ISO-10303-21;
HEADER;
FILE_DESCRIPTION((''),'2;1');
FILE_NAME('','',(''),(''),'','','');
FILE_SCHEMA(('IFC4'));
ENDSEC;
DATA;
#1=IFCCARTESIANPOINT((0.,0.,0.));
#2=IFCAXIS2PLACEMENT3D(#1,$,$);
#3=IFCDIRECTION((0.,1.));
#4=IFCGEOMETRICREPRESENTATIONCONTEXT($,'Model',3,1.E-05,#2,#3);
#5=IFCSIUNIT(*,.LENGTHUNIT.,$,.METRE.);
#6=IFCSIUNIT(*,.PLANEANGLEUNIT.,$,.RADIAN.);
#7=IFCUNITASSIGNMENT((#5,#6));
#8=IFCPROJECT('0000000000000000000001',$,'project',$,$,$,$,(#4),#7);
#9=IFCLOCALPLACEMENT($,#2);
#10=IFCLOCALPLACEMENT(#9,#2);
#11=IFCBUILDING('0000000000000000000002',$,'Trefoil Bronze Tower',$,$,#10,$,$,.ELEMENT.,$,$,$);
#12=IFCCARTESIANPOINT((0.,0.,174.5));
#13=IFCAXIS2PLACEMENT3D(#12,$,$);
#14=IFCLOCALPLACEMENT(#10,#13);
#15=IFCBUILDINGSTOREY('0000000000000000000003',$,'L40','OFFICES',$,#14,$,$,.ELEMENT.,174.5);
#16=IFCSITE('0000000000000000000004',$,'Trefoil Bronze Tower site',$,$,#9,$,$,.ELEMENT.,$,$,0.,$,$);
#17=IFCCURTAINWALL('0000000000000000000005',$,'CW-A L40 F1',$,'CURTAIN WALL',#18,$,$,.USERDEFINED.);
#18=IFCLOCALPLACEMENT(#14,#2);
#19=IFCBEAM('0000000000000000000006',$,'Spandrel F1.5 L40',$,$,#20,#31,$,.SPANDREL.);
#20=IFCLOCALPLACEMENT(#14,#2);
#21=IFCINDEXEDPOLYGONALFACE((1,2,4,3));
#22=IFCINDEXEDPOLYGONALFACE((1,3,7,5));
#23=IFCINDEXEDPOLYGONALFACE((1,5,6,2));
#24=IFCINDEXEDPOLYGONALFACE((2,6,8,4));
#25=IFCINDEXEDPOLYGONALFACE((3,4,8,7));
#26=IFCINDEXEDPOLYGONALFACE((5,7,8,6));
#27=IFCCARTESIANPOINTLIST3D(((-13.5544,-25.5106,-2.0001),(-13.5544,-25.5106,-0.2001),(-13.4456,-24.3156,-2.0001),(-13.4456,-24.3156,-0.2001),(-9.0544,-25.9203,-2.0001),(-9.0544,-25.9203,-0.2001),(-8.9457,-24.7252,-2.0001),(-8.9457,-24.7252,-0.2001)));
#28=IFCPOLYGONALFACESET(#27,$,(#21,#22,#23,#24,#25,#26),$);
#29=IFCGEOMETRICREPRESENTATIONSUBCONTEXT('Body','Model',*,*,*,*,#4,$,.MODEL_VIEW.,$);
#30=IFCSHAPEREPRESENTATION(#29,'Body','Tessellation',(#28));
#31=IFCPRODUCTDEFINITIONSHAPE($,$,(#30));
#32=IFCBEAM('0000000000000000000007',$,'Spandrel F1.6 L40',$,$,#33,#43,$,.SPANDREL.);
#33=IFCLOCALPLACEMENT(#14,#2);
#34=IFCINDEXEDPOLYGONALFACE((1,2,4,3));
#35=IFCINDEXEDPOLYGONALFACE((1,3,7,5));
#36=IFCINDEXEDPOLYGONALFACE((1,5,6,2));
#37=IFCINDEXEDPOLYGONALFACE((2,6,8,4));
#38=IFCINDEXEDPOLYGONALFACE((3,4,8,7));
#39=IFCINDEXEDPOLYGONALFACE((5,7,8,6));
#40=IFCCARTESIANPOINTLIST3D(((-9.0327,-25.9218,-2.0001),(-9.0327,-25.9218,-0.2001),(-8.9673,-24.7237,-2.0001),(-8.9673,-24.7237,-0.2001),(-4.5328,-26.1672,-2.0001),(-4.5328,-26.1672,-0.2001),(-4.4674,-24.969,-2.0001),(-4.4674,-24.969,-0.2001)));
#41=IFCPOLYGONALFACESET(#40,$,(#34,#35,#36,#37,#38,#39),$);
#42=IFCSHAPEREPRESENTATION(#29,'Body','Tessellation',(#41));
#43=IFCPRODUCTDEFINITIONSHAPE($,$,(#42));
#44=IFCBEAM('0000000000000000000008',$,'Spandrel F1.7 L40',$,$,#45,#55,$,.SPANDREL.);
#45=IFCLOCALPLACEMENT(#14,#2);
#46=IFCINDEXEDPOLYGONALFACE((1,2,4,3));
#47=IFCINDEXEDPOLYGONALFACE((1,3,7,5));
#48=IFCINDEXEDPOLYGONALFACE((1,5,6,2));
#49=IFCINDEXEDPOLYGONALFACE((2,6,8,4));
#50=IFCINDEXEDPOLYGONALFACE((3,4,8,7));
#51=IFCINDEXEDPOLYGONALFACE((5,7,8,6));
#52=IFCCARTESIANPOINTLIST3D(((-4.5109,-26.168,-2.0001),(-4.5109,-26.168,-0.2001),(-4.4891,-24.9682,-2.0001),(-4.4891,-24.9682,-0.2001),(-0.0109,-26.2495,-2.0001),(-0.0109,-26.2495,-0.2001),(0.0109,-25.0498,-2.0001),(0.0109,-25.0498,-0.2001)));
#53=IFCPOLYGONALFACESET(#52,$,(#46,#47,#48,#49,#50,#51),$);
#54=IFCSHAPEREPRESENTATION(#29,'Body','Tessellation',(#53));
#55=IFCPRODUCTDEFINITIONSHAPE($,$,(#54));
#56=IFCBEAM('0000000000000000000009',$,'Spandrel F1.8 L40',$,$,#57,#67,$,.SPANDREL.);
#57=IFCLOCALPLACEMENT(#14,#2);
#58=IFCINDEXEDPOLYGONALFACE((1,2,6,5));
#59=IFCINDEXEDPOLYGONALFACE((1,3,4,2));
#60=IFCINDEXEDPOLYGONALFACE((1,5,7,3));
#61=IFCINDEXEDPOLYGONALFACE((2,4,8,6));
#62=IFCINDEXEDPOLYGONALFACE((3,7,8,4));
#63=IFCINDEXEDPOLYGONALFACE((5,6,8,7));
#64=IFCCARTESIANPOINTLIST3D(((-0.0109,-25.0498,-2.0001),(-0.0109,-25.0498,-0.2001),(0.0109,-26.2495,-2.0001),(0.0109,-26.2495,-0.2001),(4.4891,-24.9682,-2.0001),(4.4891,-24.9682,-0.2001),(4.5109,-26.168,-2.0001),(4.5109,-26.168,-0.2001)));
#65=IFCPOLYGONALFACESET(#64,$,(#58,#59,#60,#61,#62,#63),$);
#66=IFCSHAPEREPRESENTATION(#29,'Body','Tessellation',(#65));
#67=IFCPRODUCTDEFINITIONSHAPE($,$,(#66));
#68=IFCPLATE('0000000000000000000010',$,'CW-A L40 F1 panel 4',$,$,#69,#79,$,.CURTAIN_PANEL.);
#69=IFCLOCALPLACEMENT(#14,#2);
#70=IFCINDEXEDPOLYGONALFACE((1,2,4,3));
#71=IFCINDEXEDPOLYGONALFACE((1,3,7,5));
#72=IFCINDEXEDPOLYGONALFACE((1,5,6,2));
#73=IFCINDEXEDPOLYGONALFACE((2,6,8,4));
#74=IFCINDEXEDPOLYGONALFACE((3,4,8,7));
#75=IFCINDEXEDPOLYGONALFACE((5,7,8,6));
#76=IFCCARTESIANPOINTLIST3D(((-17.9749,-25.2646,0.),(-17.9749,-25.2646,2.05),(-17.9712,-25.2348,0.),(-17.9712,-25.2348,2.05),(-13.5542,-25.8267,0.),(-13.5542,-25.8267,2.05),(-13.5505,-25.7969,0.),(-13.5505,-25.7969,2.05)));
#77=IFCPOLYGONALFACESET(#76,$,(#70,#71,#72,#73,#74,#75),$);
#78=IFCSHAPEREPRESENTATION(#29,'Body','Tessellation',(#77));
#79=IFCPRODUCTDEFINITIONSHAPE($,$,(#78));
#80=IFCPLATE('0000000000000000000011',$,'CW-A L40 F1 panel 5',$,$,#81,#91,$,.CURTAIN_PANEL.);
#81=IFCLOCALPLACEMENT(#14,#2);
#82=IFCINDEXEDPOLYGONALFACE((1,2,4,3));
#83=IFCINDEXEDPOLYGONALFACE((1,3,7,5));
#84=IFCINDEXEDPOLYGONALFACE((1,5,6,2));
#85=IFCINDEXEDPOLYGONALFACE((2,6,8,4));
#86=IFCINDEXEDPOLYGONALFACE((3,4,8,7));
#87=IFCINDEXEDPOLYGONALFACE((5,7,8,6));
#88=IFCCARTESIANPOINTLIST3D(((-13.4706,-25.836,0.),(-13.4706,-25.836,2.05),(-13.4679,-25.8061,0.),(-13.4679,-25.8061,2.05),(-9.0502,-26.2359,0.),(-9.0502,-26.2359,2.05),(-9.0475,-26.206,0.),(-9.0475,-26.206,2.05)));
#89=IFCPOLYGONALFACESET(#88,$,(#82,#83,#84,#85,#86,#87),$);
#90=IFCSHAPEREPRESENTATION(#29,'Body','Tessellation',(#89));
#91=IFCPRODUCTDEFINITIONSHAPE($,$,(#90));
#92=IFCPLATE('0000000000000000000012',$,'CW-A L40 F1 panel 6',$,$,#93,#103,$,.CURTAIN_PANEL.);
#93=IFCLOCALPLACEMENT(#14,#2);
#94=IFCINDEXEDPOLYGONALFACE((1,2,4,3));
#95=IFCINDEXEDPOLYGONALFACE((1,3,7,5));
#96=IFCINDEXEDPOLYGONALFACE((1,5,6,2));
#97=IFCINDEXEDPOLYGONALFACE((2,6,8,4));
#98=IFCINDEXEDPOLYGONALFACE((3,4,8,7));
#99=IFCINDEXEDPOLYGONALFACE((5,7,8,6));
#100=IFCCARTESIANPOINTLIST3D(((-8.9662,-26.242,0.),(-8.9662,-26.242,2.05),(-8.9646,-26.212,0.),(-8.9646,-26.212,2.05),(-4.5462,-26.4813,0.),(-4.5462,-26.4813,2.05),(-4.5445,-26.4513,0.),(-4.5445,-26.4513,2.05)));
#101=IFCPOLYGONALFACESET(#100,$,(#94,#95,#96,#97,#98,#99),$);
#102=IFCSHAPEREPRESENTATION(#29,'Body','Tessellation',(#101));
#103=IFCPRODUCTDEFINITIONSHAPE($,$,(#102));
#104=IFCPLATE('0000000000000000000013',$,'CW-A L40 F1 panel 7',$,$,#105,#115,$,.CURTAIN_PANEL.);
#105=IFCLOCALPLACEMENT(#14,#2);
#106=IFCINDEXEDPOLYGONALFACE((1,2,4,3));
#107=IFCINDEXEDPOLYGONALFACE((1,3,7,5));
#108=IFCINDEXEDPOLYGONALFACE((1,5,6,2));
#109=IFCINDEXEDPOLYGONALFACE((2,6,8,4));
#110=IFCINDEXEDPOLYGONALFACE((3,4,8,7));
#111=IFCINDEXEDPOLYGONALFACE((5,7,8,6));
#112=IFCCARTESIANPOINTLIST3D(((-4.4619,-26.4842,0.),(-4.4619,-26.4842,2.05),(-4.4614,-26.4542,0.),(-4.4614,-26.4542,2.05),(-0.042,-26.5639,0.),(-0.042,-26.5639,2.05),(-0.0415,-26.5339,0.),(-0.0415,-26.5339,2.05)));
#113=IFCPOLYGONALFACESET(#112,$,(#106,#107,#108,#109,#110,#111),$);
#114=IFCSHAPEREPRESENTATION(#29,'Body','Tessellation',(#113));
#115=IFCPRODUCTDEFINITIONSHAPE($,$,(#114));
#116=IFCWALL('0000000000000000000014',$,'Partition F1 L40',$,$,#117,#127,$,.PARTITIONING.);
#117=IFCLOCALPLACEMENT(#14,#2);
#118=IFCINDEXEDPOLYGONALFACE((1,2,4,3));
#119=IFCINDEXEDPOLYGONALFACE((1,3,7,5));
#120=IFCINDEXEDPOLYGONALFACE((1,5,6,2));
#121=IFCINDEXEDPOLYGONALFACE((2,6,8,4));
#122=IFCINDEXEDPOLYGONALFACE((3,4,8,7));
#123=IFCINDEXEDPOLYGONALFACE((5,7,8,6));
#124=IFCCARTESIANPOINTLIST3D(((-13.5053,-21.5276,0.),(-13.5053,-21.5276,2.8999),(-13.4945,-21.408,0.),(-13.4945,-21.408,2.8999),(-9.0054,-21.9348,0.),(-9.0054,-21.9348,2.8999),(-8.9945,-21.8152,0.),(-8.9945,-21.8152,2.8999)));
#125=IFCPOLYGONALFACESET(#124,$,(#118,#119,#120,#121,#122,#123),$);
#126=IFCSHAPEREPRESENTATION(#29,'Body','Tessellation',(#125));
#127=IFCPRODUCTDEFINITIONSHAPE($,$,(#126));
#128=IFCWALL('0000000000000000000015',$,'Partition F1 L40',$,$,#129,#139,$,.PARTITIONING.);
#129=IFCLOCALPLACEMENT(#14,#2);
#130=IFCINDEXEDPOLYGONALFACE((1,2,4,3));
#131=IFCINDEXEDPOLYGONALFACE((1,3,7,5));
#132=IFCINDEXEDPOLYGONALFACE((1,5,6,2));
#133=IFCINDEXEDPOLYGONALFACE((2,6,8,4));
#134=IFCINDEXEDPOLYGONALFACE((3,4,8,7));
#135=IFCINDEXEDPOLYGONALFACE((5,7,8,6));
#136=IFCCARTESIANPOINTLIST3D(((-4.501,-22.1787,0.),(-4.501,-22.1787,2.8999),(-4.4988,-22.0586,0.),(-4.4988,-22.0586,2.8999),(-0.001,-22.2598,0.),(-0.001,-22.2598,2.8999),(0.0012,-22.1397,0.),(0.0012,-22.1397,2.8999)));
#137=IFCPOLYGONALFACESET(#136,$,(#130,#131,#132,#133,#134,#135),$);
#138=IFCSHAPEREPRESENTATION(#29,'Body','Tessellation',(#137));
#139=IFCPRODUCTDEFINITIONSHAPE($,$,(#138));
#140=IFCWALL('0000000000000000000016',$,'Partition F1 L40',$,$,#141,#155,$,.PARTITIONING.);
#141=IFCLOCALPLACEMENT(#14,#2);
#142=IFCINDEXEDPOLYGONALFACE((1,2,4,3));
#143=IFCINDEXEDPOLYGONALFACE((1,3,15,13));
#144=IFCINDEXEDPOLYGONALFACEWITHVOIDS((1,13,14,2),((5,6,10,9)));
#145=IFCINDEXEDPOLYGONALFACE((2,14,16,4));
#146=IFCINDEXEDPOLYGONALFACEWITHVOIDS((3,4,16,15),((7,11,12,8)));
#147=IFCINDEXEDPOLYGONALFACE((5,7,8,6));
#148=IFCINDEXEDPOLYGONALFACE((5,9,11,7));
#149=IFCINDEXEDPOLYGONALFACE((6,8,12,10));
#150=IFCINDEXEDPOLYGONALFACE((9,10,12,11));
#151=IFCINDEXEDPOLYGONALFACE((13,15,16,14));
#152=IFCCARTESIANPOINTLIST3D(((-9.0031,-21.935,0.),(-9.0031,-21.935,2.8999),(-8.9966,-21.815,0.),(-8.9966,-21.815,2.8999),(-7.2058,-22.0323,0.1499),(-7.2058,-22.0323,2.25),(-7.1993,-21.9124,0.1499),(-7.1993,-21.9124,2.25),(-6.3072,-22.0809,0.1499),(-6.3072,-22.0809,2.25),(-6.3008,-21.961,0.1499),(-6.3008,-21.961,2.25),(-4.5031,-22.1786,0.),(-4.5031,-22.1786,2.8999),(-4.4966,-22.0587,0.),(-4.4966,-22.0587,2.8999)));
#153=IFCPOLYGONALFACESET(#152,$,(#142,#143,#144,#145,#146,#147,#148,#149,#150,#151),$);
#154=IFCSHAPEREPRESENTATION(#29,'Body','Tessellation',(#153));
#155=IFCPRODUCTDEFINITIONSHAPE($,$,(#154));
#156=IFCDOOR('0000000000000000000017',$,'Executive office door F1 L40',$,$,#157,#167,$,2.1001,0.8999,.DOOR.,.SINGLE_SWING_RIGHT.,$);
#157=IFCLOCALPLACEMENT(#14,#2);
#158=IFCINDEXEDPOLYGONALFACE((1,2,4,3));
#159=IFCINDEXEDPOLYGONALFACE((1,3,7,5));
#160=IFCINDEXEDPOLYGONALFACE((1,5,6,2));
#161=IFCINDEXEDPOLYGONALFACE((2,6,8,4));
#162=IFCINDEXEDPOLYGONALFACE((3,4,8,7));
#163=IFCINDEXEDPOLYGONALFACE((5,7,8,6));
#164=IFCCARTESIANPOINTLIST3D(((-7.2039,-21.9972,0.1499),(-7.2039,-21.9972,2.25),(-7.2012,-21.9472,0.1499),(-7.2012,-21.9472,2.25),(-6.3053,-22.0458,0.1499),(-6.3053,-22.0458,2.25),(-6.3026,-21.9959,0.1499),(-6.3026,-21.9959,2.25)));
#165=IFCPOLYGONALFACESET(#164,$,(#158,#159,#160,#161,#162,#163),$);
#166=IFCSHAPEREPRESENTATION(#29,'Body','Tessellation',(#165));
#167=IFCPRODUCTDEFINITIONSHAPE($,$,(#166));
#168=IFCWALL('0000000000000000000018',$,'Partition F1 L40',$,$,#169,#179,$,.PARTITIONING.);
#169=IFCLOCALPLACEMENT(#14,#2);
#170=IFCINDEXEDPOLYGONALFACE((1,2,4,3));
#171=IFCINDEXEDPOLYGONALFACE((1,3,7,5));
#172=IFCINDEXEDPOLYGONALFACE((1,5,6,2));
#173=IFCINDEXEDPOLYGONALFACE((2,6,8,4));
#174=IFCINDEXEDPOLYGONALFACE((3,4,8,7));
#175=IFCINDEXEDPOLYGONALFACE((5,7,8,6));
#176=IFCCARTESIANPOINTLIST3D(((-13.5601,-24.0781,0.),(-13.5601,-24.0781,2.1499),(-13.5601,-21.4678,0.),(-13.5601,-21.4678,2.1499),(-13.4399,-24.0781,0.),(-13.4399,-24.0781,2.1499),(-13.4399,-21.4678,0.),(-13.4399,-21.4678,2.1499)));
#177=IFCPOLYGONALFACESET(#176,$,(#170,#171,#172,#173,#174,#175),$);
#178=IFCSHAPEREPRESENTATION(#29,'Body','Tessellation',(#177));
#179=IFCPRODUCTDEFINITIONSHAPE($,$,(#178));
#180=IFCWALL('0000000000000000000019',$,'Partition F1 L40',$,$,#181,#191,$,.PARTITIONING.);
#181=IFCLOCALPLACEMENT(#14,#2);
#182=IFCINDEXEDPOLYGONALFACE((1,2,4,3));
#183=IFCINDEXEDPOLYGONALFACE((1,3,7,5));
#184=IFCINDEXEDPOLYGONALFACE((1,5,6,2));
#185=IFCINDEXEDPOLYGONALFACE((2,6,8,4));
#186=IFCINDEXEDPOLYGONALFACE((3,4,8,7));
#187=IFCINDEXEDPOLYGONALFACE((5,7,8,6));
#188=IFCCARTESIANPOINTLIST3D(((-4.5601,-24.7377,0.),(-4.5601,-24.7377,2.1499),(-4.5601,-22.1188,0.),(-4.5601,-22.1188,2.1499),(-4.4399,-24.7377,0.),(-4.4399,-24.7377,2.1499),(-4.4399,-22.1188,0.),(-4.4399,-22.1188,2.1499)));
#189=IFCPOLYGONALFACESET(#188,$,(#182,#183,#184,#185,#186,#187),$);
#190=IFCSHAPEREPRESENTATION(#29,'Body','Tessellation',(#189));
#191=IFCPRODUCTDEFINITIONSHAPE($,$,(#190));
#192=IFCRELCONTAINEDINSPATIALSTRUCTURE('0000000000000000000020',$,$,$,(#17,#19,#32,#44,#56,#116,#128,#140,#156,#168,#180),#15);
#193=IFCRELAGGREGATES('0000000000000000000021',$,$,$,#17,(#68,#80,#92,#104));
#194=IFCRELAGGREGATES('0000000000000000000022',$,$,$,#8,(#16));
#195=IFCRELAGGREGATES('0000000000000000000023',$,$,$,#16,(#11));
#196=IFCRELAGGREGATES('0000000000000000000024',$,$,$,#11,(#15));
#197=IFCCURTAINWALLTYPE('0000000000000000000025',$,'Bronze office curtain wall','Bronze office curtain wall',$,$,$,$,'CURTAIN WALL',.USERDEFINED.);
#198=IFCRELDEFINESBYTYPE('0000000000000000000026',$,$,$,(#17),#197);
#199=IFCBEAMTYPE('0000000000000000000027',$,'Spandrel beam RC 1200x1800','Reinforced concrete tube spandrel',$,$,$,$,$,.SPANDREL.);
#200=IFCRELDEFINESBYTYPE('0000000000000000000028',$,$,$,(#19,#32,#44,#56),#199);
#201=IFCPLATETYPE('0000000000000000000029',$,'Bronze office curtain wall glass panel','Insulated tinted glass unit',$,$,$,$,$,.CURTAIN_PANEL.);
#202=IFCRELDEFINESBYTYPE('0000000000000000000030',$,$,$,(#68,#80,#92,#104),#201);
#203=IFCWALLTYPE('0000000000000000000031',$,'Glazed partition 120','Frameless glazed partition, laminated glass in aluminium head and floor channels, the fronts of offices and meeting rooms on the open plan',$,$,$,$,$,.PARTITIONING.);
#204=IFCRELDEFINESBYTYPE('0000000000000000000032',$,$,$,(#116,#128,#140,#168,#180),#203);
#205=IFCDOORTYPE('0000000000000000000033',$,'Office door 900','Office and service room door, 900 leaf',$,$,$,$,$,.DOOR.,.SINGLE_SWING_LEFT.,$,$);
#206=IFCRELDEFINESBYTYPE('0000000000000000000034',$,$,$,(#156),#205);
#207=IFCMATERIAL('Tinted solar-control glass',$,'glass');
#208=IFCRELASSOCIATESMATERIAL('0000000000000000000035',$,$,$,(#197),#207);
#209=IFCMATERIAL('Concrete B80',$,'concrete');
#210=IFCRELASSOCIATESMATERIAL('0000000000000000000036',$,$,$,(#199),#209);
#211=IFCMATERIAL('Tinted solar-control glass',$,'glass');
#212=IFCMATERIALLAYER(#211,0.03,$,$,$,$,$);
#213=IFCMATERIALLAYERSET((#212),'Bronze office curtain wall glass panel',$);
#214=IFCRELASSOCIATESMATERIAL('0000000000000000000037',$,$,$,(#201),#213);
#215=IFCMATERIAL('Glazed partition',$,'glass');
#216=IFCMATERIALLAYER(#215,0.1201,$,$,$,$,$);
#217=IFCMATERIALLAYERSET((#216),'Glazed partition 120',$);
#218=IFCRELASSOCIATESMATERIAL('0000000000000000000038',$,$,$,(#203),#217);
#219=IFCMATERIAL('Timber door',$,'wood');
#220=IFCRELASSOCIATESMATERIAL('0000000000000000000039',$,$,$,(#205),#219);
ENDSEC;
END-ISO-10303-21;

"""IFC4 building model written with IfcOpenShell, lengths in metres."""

from ifc_helpers import new_model, si_unit, direction, frame, frame_2d, origin, origin_2d, place, context, subcontext, project, spatial, rectangle, extrude, material, layer, layer_set, material_profile, profile_set, type_object, element, fill, aggregate, save


model = new_model("IFC4")

# Units and contexts
model_context = context("Model", 3, precision=1e-05, world=origin(), true_north=direction((0.0, 1.0)))
body_context = subcontext(model_context, "Body", "Model", "MODEL_VIEW")
ifc_project = project(units=[si_unit("LENGTHUNIT", "METRE"), si_unit("PLANEANGLEUNIT", "RADIAN")], contexts=[model_context])

# Site, building, storey
site_placement = place(None, origin())
site = spatial("IfcSite", under=ifc_project, at=site_placement, Name="Trefoil Bronze Tower site", CompositionType="ELEMENT", RefElevation=0.0)
building_placement = place(site_placement, origin())
building = spatial("IfcBuilding", under=site, at=building_placement, Name="Trefoil Bronze Tower", CompositionType="ELEMENT")
storey_placement = place(building_placement, frame((0.0, 0.0, 174.5)))
storey = spatial("IfcBuildingStorey", under=building, at=storey_placement, Name="L40", Description="OFFICES", CompositionType="ELEMENT", Elevation=174.5)

# Curtain wall
ifc_material_1 = material(Name="Tinted solar-control glass", Category="glass")
curtain_wall_type = type_object("IfcCurtainWallType", Name="Bronze office curtain wall", Description="Bronze office curtain wall", ElementType="CURTAIN WALL", PredefinedType="USERDEFINED", material=ifc_material_1)
curtain_wall_placement = place(storey_placement, origin())
curtain_wall = element("IfcCurtainWall", 1, at=curtain_wall_placement, inside=storey, type_object=curtain_wall_type, Name="CW-A L40 F1", ObjectType="CURTAIN WALL", PredefinedType="USERDEFINED")

# Beams
ifc_material_2 = material(Name="Concrete B80", Category="concrete")
ifc_material_profile_1 = material_profile(ifc_material_2, rectangle(XDim=1.2, YDim=1.8, at=origin_2d()), Name="RC 1200x1800")
ifc_profile_set_1 = profile_set([ifc_material_profile_1], Name="Concrete B80")
beam_type_1 = type_object("IfcBeamType", Name="Spandrel beam RC 1200x1800", Description="Reinforced concrete tube spandrel", PredefinedType="SPANDREL", material=ifc_profile_set_1)
beam_1_placement = place(storey_placement, frame((-13.5, -24.9131, -1.1001), z_axis=(0.995882, -0.090662, 0.0), x_axis=(0.090662, 0.995882, 0.0)))
element("IfcBeam", 2, at=beam_1_placement, inside=storey, type_object=beam_type_1, Name="Spandrel F1.5 L40", PredefinedType="SPANDREL", context=body_context, shape_type="SweptSolid", body=[
    extrude(rectangle(XDim=1.2, YDim=1.8, at=origin_2d()), origin(), (0.0, 0.0, 1.0), 4.5186),
])
beam_2_placement = place(storey_placement, frame((-9.0, -25.3228, -1.1001), z_axis=(0.998517, -0.054444, 0.0), x_axis=(0.054444, 0.998517, 0.0)))
element("IfcBeam", 3, at=beam_2_placement, inside=storey, type_object=beam_type_1, Name="Spandrel F1.6 L40", PredefinedType="SPANDREL", context=body_context, shape_type="SweptSolid", body=[
    extrude(rectangle(XDim=1.2, YDim=1.8, at=origin_2d()), origin(), (0.0, 0.0, 1.0), 4.5066),
])
for number, where, z_axis, x_axis, name in (
    (4, (-4.5, -25.5681, -1.1001), (0.999836, -0.018118, 0.0), (0.018118, 0.999836, 0.0), "Spandrel F1.7 L40"),
    (5, (0.0, -25.6497, -1.1001), (0.999836, 0.018118, 0.0), (-0.018118, 0.999836, 0.0), "Spandrel F1.8 L40"),
):
    element("IfcBeam", number, at=place(storey_placement, frame(where, z_axis=z_axis, x_axis=x_axis)), inside=storey, type_object=beam_type_1, Name=name, PredefinedType="SPANDREL", context=body_context, shape_type="SweptSolid", body=[
        extrude(rectangle(XDim=1.2, YDim=1.8, at=origin_2d()), origin(), (0.0, 0.0, 1.0), 4.5007),
    ])

# Plates
ifc_material_3 = material(Name="Tinted solar-control glass", Category="glass")
ifc_layer_1 = layer(ifc_material_3, 0.03)
ifc_layer_set_1 = layer_set([ifc_layer_1], Name="Bronze office curtain wall glass panel")
plate_type = type_object("IfcPlateType", Name="Bronze office curtain wall glass panel", Description="Insulated tinted glass unit", PredefinedType="CURTAIN_PANEL", material=ifc_layer_set_1)
plate_1_placement = place(storey_placement, frame((-15.7627, -25.5308, 0.0), z_axis=(0.0, 0.0, 1.0), x_axis=(0.992012, -0.126147, 0.0)))
plate_1 = element("IfcPlate", 6, at=plate_1_placement, type_object=plate_type, Name="CW-A L40 F1 panel 4", PredefinedType="CURTAIN_PANEL", context=body_context, shape_type="SweptSolid", body=[
    extrude(rectangle(XDim=4.4563, YDim=0.03, at=origin_2d()), origin(), (0.0, 0.0, 1.0), 2.05),
])
plate_2_placement = place(storey_placement, frame((-11.259, -26.021, 0.0), z_axis=(0.0, 0.0, 1.0), x_axis=(0.995932, -0.090105, 0.0)))
plate_2 = element("IfcPlate", 7, at=plate_2_placement, type_object=plate_type, Name="CW-A L40 F1 panel 5", PredefinedType="CURTAIN_PANEL", context=body_context, shape_type="SweptSolid", body=[
    extrude(rectangle(XDim=4.4385, YDim=0.03, at=origin_2d()), origin(), (0.0, 0.0, 1.0), 2.05),
])
plate_3_placement = place(storey_placement, frame((-6.7554, -26.3467, 0.0), z_axis=(0.0, 0.0, 1.0), x_axis=(0.998538, -0.054063, 0.0)))
plate_3 = element("IfcPlate", 8, at=plate_3_placement, type_object=plate_type, Name="CW-A L40 F1 panel 6", PredefinedType="CURTAIN_PANEL", context=body_context, shape_type="SweptSolid", body=[
    extrude(rectangle(XDim=4.4265, YDim=0.03, at=origin_2d()), origin(), (0.0, 0.0, 1.0), 2.05),
])
plate_4_placement = place(storey_placement, frame((-2.2517, -26.509, 0.0), z_axis=(0.0, 0.0, 1.0), x_axis=(0.999838, -0.018021, 0.0)))
plate_4 = element("IfcPlate", 9, at=plate_4_placement, type_object=plate_type, Name="CW-A L40 F1 panel 7", PredefinedType="CURTAIN_PANEL", context=body_context, shape_type="SweptSolid", body=[
    extrude(rectangle(XDim=4.4207, YDim=0.03, at=origin_2d()), origin(), (0.0, 0.0, 1.0), 2.05),
])
aggregate(curtain_wall, [plate_1, plate_2, plate_3, plate_4])

# Walls
ifc_material_4 = material(Name="Glazed partition", Category="glass")
ifc_layer_2 = layer(ifc_material_4, 0.1201)
ifc_layer_set_2 = layer_set([ifc_layer_2], Name="Glazed partition 120")
wall_type = type_object("IfcWallType", Name="Glazed partition 120", Description="Frameless glazed partition, laminated glass in aluminium head and floor channels, the fronts of offices and meeting rooms on the open plan", PredefinedType="PARTITIONING", material=ifc_layer_set_2)
wall_1_placement = place(storey_placement, frame((-13.5, -21.4678, 0.0), z_axis=(0.0, 0.0, 1.0), x_axis=(0.99593, -0.090127, 0.0)))
element("IfcWall", 10, at=wall_1_placement, inside=storey, type_object=wall_type, Name="Partition F1 L40", PredefinedType="PARTITIONING", context=body_context, shape_type="SweptSolid", body=[
    extrude(rectangle(XDim=4.5183, YDim=0.1201, at=frame_2d((2.2593, 0.0))), origin(), (0.0, 0.0, 1.0), 2.8999),
])
wall_2_placement = place(storey_placement, frame((-4.5, -22.1187, 0.0), z_axis=(0.0, 0.0, 1.0), x_axis=(0.999838, -0.018009, 0.0)))
element("IfcWall", 11, at=wall_2_placement, inside=storey, type_object=wall_type, Name="Partition F1 L40", PredefinedType="PARTITIONING", context=body_context, shape_type="SweptSolid", body=[
    extrude(rectangle(XDim=4.5007, YDim=0.1201, at=frame_2d((2.2505, 0.0))), origin(), (0.0, 0.0, 1.0), 2.8999),
])

# Wall, opening, door
wall_3_placement = place(storey_placement, frame((-9.0, -21.875, 0.0), z_axis=(0.0, 0.0, 1.0), x_axis=(0.998537, -0.054066, 0.0)))
wall_3 = element("IfcWall", 12, at=wall_3_placement, inside=storey, type_object=wall_type, Name="Partition F1 L40", PredefinedType="PARTITIONING", context=body_context, shape_type="SweptSolid", body=[
    extrude(rectangle(XDim=4.5066, YDim=0.1201, at=frame_2d((2.2534, 0.0))), origin(), (0.0, 0.0, 1.0), 2.8999),
])
opening_placement = place(wall_3_placement, frame((1.8, 0.0, 0.1499)))
opening = element("IfcOpeningElement", 13, at=opening_placement, cuts=wall_3, PredefinedType="OPENING", context=body_context, shape_type="SweptSolid", body=[
    extrude(rectangle(XDim=0.8999, YDim=2.1001, at=frame_2d((0.45, 1.05))), frame((0.0, 0.0701, 0.0), z_axis=(0.0, -1.0, 0.0), x_axis=(1.0, 0.0, 0.0)), (0.0, 0.0, 1.0), 0.1401),
])
ifc_material_5 = material(Name="Timber door", Category="wood")
door_type = type_object("IfcDoorType", Name="Office door 900", Description="Office and service room door, 900 leaf", OperationType="SINGLE_SWING_LEFT", PredefinedType="DOOR", material=ifc_material_5)
door_placement = place(opening_placement, frame((0.8999, 0.0, 0.0), z_axis=(0.0, 0.0, 1.0), x_axis=(-1.0, 0.0, 0.0)))
door = element("IfcDoor", 14, at=door_placement, inside=storey, type_object=door_type, Name="Executive office door F1 L40", OperationType="SINGLE_SWING_RIGHT", OverallHeight=2.1001, OverallWidth=0.8999, PredefinedType="DOOR", context=body_context, shape_type="SweptSolid", body=[
    extrude(rectangle(XDim=0.8999, YDim=2.1001, at=frame_2d((0.45, 1.05))), frame((0.0, 0.0249, 0.0), z_axis=(0.0, -1.0, 0.0), x_axis=(1.0, 0.0, 0.0)), (0.0, 0.0, 1.0), 0.05),
])
fill(opening, door)

# Walls
wall_4_placement = place(storey_placement, frame((-13.5, -21.4678, 0.0), z_axis=(0.0, 0.0, 1.0), x_axis=(0.0, -1.0, 0.0)))
element("IfcWall", 15, at=wall_4_placement, inside=storey, type_object=wall_type, Name="Partition F1 L40", PredefinedType="PARTITIONING", context=body_context, shape_type="SweptSolid", body=[
    extrude(rectangle(XDim=2.6104, YDim=0.1201, at=frame_2d((1.3052, 0.0))), origin(), (0.0, 0.0, 1.0), 2.1499),
])
wall_5_placement = place(storey_placement, frame((-4.5, -22.1187, 0.0), z_axis=(0.0, 0.0, 1.0), x_axis=(0.0, -1.0, 0.0)))
element("IfcWall", 16, at=wall_5_placement, inside=storey, type_object=wall_type, Name="Partition F1 L40", PredefinedType="PARTITIONING", context=body_context, shape_type="SweptSolid", body=[
    extrude(rectangle(XDim=2.6189, YDim=0.1201, at=frame_2d((1.3096, 0.0))), origin(), (0.0, 0.0, 1.0), 2.1499),
])

save(model, "model.ifc")
